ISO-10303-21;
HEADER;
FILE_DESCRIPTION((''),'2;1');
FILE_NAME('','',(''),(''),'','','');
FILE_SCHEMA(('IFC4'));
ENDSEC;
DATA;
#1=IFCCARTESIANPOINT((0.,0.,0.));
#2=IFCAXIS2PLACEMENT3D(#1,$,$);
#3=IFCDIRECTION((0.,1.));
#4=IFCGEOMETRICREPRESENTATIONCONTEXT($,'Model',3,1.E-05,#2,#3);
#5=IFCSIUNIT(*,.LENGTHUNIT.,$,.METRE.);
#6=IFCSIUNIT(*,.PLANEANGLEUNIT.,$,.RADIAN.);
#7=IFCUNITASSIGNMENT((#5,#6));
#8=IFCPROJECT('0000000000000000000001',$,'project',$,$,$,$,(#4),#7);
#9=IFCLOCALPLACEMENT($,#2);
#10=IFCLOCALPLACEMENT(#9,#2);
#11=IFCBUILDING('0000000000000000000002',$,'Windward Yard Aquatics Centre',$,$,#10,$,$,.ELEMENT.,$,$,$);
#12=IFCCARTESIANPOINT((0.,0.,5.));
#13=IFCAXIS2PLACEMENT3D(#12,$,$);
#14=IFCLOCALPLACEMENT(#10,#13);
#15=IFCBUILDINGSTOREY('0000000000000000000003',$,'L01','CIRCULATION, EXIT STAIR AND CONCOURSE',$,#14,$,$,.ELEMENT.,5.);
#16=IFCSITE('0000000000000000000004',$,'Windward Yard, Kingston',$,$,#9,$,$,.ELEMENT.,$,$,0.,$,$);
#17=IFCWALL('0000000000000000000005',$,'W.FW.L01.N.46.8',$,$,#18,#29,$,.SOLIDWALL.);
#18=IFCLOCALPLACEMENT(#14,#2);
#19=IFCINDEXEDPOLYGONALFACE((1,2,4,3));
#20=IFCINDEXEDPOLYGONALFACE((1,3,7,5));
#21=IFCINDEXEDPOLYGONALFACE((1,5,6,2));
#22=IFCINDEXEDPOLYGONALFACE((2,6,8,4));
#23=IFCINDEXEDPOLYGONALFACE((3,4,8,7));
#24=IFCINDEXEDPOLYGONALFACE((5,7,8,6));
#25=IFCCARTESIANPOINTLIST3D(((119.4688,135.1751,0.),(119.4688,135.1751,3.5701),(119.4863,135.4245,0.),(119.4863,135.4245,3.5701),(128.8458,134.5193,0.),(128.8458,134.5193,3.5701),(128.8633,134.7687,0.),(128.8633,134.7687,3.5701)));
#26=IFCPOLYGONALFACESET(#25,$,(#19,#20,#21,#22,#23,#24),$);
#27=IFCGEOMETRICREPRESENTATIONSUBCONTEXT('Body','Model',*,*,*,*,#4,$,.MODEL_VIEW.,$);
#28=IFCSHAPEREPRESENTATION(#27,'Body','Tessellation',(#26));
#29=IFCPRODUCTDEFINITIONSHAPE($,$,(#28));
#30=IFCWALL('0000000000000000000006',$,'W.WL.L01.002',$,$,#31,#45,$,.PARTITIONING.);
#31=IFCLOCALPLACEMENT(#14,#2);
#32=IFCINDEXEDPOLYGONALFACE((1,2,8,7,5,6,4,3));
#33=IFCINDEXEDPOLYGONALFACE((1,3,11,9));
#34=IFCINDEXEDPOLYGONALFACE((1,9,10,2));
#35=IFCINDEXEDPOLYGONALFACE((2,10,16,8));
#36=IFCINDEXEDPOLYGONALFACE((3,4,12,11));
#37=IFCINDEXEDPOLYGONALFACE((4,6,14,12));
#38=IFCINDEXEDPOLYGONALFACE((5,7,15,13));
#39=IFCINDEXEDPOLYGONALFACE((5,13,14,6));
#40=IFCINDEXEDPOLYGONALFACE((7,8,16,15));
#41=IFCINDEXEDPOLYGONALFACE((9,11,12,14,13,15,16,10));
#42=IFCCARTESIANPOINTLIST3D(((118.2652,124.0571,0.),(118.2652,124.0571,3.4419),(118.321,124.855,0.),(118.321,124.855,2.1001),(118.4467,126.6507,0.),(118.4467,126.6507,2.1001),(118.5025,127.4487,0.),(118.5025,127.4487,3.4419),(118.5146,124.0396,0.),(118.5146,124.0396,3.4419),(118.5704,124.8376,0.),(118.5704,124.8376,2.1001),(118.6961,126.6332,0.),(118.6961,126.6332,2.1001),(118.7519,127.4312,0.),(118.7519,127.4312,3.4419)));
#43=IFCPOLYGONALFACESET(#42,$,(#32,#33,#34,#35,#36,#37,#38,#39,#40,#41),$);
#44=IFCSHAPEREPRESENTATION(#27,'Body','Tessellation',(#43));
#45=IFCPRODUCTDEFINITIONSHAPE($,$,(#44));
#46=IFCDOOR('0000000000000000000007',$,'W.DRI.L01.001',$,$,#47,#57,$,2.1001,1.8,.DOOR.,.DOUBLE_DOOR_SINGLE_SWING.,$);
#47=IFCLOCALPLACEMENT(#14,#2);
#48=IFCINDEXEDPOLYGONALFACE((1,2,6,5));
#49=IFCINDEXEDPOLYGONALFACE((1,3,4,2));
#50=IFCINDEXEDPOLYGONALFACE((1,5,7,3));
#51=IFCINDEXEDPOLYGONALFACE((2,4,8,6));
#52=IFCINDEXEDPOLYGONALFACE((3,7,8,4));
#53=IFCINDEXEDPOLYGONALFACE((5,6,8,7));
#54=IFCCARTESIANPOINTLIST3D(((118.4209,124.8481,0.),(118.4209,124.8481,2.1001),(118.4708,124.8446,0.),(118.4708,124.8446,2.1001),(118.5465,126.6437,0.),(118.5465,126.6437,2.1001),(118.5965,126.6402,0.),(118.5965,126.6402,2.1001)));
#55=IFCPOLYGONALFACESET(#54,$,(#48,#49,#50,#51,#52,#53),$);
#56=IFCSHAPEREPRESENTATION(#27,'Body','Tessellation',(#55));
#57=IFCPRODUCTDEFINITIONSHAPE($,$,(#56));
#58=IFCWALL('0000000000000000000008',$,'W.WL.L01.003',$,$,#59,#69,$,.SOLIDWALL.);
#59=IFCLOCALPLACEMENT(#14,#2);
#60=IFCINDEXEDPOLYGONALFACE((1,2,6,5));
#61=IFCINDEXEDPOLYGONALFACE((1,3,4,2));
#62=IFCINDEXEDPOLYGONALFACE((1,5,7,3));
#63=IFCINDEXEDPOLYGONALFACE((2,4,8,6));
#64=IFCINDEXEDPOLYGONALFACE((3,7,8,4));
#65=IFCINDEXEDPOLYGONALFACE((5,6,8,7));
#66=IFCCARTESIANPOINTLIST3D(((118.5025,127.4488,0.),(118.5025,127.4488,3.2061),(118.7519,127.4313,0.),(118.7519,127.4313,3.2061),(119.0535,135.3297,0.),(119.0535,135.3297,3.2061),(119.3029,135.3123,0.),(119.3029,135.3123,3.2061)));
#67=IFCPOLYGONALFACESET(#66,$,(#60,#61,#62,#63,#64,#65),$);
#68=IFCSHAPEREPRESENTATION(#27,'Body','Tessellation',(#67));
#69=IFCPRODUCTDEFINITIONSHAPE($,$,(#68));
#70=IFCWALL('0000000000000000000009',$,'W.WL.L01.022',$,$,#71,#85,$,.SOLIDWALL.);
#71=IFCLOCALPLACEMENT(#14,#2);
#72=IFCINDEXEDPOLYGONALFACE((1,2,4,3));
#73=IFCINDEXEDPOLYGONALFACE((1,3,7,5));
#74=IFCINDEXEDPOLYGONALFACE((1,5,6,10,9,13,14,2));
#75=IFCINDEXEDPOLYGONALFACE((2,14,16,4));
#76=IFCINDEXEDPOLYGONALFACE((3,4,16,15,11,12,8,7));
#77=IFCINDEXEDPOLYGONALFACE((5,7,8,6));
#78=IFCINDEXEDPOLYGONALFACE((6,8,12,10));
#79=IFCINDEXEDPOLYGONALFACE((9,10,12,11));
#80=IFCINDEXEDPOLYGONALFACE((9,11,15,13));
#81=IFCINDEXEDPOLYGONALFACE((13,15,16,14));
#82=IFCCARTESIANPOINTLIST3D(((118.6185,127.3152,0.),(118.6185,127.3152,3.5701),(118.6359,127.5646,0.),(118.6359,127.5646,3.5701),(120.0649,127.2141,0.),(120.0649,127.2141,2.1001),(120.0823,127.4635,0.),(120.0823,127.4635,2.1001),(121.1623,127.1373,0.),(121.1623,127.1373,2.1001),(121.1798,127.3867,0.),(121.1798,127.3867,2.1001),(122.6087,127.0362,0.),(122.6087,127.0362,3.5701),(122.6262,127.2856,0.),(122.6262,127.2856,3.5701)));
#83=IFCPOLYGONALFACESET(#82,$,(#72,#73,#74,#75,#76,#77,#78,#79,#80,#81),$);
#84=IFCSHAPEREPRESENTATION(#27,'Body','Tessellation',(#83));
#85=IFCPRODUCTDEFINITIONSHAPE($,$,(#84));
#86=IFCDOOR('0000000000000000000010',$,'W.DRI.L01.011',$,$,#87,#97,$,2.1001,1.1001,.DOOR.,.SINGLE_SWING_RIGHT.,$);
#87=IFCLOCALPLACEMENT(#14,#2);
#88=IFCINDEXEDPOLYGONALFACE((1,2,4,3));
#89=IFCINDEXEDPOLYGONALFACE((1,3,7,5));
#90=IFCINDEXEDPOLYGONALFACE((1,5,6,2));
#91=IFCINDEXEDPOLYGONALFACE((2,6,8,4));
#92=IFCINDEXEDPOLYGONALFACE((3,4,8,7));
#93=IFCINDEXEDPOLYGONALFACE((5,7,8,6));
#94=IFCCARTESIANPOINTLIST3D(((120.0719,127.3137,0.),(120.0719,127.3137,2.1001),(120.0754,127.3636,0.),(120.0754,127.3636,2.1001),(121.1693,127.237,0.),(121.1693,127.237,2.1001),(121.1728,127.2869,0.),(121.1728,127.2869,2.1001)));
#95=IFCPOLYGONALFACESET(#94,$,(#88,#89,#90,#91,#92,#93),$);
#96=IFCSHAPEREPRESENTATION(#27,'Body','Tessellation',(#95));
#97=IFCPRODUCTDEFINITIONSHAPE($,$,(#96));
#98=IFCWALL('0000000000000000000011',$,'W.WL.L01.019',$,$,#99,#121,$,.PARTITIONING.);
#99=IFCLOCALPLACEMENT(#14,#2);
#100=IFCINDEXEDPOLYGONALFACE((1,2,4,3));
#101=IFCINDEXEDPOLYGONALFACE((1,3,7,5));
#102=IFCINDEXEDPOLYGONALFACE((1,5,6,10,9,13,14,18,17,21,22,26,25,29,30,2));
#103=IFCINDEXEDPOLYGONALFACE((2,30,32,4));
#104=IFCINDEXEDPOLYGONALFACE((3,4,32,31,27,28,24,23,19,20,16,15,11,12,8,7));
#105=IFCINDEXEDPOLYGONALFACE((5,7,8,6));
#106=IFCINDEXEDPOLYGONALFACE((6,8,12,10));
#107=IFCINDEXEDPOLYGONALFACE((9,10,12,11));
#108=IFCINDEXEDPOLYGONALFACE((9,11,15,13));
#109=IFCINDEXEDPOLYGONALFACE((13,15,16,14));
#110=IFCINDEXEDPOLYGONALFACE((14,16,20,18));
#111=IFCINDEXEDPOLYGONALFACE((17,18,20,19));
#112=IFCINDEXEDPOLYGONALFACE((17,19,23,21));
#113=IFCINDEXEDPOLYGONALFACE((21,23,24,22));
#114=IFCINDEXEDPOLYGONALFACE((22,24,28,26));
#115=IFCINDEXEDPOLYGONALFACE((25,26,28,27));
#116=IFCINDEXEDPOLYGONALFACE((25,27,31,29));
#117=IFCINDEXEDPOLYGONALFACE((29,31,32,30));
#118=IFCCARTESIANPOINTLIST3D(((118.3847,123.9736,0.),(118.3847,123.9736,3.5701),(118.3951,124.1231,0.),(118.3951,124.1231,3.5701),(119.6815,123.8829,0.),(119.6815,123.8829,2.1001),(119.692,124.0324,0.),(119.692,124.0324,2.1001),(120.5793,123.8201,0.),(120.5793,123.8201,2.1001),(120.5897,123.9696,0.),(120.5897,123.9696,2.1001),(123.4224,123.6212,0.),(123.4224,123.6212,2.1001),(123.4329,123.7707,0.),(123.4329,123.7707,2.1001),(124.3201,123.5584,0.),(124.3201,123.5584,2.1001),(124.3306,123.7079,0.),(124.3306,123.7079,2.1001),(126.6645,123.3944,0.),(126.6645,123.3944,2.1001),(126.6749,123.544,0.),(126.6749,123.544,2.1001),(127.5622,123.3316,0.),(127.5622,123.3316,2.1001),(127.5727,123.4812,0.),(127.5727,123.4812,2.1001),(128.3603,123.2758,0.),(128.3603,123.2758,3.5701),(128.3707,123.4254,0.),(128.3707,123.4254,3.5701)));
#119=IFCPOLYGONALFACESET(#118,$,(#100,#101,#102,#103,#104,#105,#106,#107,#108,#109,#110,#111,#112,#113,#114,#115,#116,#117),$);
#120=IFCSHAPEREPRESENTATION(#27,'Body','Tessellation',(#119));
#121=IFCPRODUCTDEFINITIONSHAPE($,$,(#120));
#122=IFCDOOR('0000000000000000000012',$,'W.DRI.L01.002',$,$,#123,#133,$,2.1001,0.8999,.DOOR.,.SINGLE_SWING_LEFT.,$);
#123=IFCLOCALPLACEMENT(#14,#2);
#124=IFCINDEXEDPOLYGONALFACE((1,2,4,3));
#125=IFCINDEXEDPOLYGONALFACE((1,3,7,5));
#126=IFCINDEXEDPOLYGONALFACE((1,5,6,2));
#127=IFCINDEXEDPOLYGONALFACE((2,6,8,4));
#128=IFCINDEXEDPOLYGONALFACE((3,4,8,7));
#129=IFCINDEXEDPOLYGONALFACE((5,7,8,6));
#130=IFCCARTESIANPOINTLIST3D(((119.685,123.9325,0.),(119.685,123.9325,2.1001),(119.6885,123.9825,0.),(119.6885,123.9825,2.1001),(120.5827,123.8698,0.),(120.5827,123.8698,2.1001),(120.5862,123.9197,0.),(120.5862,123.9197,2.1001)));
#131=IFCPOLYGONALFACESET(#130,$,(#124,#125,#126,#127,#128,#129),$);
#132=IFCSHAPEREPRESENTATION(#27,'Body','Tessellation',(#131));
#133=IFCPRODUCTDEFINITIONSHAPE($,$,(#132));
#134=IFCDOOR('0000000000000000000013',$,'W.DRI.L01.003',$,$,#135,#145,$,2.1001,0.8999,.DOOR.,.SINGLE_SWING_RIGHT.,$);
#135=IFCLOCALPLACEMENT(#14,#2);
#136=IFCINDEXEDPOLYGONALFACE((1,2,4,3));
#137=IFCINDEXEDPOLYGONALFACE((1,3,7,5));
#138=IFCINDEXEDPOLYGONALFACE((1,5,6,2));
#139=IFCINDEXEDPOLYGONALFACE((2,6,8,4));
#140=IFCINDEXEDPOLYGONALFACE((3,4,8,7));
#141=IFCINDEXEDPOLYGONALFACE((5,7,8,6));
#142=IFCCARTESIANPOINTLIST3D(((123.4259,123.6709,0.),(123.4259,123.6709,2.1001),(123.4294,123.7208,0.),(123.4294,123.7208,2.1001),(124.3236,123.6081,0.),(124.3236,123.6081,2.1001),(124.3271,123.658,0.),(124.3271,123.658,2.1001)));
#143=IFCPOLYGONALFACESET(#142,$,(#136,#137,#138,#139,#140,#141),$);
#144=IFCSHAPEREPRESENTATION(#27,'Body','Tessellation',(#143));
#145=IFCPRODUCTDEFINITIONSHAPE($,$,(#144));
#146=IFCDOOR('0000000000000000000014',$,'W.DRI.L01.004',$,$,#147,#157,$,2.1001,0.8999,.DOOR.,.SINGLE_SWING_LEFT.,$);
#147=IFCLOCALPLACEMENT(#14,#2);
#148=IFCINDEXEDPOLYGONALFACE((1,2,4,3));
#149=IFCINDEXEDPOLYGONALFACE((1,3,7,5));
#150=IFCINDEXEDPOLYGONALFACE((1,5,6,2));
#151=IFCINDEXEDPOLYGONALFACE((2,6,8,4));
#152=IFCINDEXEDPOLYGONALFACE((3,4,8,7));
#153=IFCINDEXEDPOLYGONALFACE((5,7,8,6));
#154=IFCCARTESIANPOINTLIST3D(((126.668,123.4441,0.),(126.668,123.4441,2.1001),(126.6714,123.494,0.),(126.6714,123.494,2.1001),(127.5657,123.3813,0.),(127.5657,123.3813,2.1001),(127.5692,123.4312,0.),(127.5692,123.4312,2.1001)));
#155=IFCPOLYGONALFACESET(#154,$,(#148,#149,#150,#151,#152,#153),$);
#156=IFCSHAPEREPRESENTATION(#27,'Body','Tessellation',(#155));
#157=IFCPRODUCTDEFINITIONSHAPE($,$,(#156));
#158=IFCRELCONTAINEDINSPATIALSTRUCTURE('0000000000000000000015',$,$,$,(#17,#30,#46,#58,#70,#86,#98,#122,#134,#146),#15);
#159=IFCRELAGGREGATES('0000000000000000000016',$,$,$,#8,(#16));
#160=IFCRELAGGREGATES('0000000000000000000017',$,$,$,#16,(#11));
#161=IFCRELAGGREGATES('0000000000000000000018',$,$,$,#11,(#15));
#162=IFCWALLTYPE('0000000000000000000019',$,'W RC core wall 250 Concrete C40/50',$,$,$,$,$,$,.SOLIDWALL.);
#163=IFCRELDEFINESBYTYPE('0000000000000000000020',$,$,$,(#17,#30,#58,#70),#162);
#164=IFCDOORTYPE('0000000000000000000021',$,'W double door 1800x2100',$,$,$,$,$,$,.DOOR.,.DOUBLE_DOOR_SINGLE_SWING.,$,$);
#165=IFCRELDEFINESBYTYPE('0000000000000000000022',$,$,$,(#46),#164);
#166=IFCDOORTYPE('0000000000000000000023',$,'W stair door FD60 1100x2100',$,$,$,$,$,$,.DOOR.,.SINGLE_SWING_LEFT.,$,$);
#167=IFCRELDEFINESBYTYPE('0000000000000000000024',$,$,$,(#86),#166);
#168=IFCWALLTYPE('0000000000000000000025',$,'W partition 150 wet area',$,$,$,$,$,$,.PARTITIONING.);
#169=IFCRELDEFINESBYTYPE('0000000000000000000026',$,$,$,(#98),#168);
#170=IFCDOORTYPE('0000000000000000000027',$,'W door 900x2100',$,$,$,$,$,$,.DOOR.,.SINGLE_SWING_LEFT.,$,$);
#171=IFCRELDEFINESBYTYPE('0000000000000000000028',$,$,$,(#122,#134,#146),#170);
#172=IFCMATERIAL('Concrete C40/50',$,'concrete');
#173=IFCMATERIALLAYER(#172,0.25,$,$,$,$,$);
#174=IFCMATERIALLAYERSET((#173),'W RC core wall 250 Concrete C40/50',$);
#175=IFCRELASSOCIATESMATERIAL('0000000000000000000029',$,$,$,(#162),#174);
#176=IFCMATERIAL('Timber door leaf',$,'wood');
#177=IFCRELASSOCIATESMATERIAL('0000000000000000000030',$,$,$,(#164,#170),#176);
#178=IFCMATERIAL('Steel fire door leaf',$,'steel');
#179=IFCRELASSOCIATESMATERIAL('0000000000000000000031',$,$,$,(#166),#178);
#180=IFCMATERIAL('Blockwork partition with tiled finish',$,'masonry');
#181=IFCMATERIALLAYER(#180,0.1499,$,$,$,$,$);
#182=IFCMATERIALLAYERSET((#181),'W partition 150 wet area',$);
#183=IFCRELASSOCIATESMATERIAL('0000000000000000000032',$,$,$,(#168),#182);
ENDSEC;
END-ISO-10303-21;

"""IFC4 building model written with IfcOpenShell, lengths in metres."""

from ifc_helpers import new_model, si_unit, direction, frame, frame_2d, origin, place, context, subcontext, project, spatial, rectangle, extrude, material, layer, layer_set, type_object, element, fill, save


model = new_model("IFC4")

# Units and contexts
model_context = context("Model", 3, precision=1e-05, world=origin(), true_north=direction((0.0, 1.0)))
body_context = subcontext(model_context, "Body", "Model", "MODEL_VIEW")
ifc_project = project(units=[si_unit("LENGTHUNIT", "METRE"), si_unit("PLANEANGLEUNIT", "RADIAN")], contexts=[model_context])

# Site, building, storey
site_placement = place(None, origin())
site = spatial("IfcSite", under=ifc_project, at=site_placement, Name="Windward Yard, Kingston", CompositionType="ELEMENT", RefElevation=0.0)
building_placement = place(site_placement, origin())
building = spatial("IfcBuilding", under=site, at=building_placement, Name="Windward Yard Aquatics Centre", CompositionType="ELEMENT")
storey_placement = place(building_placement, frame((0.0, 0.0, 5.0)))
storey = spatial("IfcBuildingStorey", under=building, at=storey_placement, Name="L01", Description="CIRCULATION, EXIT STAIR AND CONCOURSE", CompositionType="ELEMENT", Elevation=5.0)

# Shared definitions
ifc_material_1 = material(Name="Concrete C40/50", Category="concrete")

# Wall
ifc_layer_1 = layer(ifc_material_1, 0.25)
ifc_layer_set_1 = layer_set([ifc_layer_1], Name="W RC core wall 250 Concrete C40/50")
wall_type_1 = type_object("IfcWallType", Name="W RC core wall 250 Concrete C40/50", PredefinedType="SOLIDWALL", material=ifc_layer_set_1)
wall_1_placement = place(storey_placement, frame((119.4775, 135.2998, 0.0), z_axis=(0.0, 0.0, 1.0), x_axis=(0.997564, -0.069763, 0.0)))
element("IfcWall", 1, at=wall_1_placement, inside=storey, type_object=wall_type_1, Name="W.FW.L01.N.46.8", PredefinedType="SOLIDWALL", context=body_context, shape_type="SweptSolid", body=[
    extrude(rectangle(XDim=9.3999, YDim=0.25, at=frame_2d((4.7, 0.0))), origin(), (0.0, 0.0, 1.0), 3.5701),
])

# Wall, opening, door
wall_2_placement = place(storey_placement, frame((118.3899, 124.0483, 0.0), z_axis=(0.0, 0.0, 1.0), x_axis=(0.069798, 0.997561, 0.0)))
wall_2 = element("IfcWall", 2, at=wall_2_placement, inside=storey, type_object=wall_type_1, Name="W.WL.L01.002", PredefinedType="PARTITIONING", context=body_context, shape_type="SweptSolid", body=[
    extrude(rectangle(XDim=3.3999, YDim=0.25, at=frame_2d((1.7, 0.0))), origin(), (0.0, 0.0, 1.0), 3.4419),
])
opening_1_placement = place(wall_2_placement, frame((0.8, 0.0, 0.0)))
opening_1 = element("IfcOpeningElement", 3, at=opening_1_placement, cuts=wall_2, PredefinedType="OPENING", context=body_context, shape_type="SweptSolid", body=[
    extrude(rectangle(XDim=1.8, YDim=2.1001, at=frame_2d((0.8999, 1.05))), frame((0.0, 0.135, 0.0), z_axis=(0.0, -1.0, 0.0), x_axis=(1.0, 0.0, 0.0)), (0.0, 0.0, 1.0), 0.27),
])
ifc_material_2 = material(Name="Timber door leaf", Category="wood")
door_type_1 = type_object("IfcDoorType", Name="W double door 1800x2100", OperationType="DOUBLE_DOOR_SINGLE_SWING", PredefinedType="DOOR", material=ifc_material_2)
door_1_placement = place(opening_1_placement, origin())
door_1 = element("IfcDoor", 4, at=door_1_placement, inside=storey, type_object=door_type_1, Name="W.DRI.L01.001", OperationType="DOUBLE_DOOR_SINGLE_SWING", OverallHeight=2.1001, OverallWidth=1.8, PredefinedType="DOOR", context=body_context, shape_type="SweptSolid", body=[
    extrude(rectangle(XDim=1.8, YDim=2.1001, at=frame_2d((0.8999, 1.05))), frame((0.0, 0.0249, 0.0), z_axis=(0.0, -1.0, 0.0), x_axis=(1.0, 0.0, 0.0)), (0.0, 0.0, 1.0), 0.05),
])
fill(opening_1, door_1)

# Wall
wall_3_placement = place(storey_placement, frame((118.6272, 127.4399, 0.0), z_axis=(0.0, 0.0, 1.0), x_axis=(0.069749, 0.997565, 0.0)))
element("IfcWall", 5, at=wall_3_placement, inside=storey, type_object=wall_type_1, Name="W.WL.L01.003", PredefinedType="SOLIDWALL", context=body_context, shape_type="SweptSolid", body=[
    extrude(rectangle(XDim=7.9001, YDim=0.25, at=frame_2d((3.9502, 0.0))), origin(), (0.0, 0.0, 1.0), 3.2061),
])

# Wall, opening, door
wall_4_placement = place(storey_placement, frame((118.6272, 127.4399, 0.0), z_axis=(0.0, 0.0, 1.0), x_axis=(0.997564, -0.069764, 0.0)))
wall_4 = element("IfcWall", 6, at=wall_4_placement, inside=storey, type_object=wall_type_1, Name="W.WL.L01.022", PredefinedType="SOLIDWALL", context=body_context, shape_type="SweptSolid", body=[
    extrude(rectangle(XDim=4.0, YDim=0.25, at=frame_2d((2.0, 0.0))), origin(), (0.0, 0.0, 1.0), 3.5701),
])
opening_2_placement = place(wall_4_placement, frame((1.45, 0.0, 0.0)))
opening_2 = element("IfcOpeningElement", 7, at=opening_2_placement, cuts=wall_4, PredefinedType="OPENING", context=body_context, shape_type="SweptSolid", body=[
    extrude(rectangle(XDim=1.1001, YDim=2.1001, at=frame_2d((0.55, 1.05))), frame((0.0, 0.135, 0.0), z_axis=(0.0, -1.0, 0.0), x_axis=(1.0, 0.0, 0.0)), (0.0, 0.0, 1.0), 0.27),
])
ifc_material_3 = material(Name="Steel fire door leaf", Category="steel")
door_type_2 = type_object("IfcDoorType", Name="W stair door FD60 1100x2100", OperationType="SINGLE_SWING_LEFT", PredefinedType="DOOR", material=ifc_material_3)
door_2_placement = place(opening_2_placement, origin())
door_2 = element("IfcDoor", 8, at=door_2_placement, inside=storey, type_object=door_type_2, Name="W.DRI.L01.011", OperationType="SINGLE_SWING_RIGHT", OverallHeight=2.1001, OverallWidth=1.1001, PredefinedType="DOOR", context=body_context, shape_type="SweptSolid", body=[
    extrude(rectangle(XDim=1.1001, YDim=2.1001, at=frame_2d((0.55, 1.05))), frame((0.0, 0.0249, 0.0), z_axis=(0.0, -1.0, 0.0), x_axis=(1.0, 0.0, 0.0)), (0.0, 0.0, 1.0), 0.05),
])
fill(opening_2, door_2)

# Wall, openings, doors
ifc_material_4 = material(Name="Blockwork partition with tiled finish", Category="masonry")
ifc_layer_2 = layer(ifc_material_4, 0.1499)
ifc_layer_set_2 = layer_set([ifc_layer_2], Name="W partition 150 wet area")
wall_type_2 = type_object("IfcWallType", Name="W partition 150 wet area", PredefinedType="PARTITIONING", material=ifc_layer_set_2)
wall_5_placement = place(storey_placement, frame((118.3899, 124.0483, 0.0), z_axis=(0.0, 0.0, 1.0), x_axis=(0.997563, -0.069776, 0.0)))
wall_5 = element("IfcWall", 9, at=wall_5_placement, inside=storey, type_object=wall_type_2, Name="W.WL.L01.019", PredefinedType="PARTITIONING", context=body_context, shape_type="SweptSolid", body=[
    extrude(rectangle(XDim=10.0, YDim=0.1499, at=frame_2d((5.0, 0.0))), origin(), (0.0, 0.0, 1.0), 3.5701),
])
opening_3_placement = place(wall_5_placement, frame((1.3, 0.0, 0.0)))
opening_3 = element("IfcOpeningElement", 10, at=opening_3_placement, cuts=wall_5, PredefinedType="OPENING", context=body_context, shape_type="SweptSolid", body=[
    extrude(rectangle(XDim=0.8999, YDim=2.1001, at=frame_2d((0.45, 1.05))), frame((0.0, 0.085, 0.0), z_axis=(0.0, -1.0, 0.0), x_axis=(1.0, 0.0, 0.0)), (0.0, 0.0, 1.0), 0.1699),
])
opening_4_placement = place(wall_5_placement, frame((5.05, 0.0, 0.0)))
opening_4 = element("IfcOpeningElement", 11, at=opening_4_placement, cuts=wall_5, PredefinedType="OPENING", context=body_context, shape_type="SweptSolid", body=[
    extrude(rectangle(XDim=0.8999, YDim=2.1001, at=frame_2d((0.45, 1.05))), frame((0.0, 0.085, 0.0), z_axis=(0.0, -1.0, 0.0), x_axis=(1.0, 0.0, 0.0)), (0.0, 0.0, 1.0), 0.1699),
])
opening_5_placement = place(wall_5_placement, frame((8.3, 0.0, 0.0)))
opening_5 = element("IfcOpeningElement", 12, at=opening_5_placement, cuts=wall_5, PredefinedType="OPENING", context=body_context, shape_type="SweptSolid", body=[
    extrude(rectangle(XDim=0.8999, YDim=2.1001, at=frame_2d((0.45, 1.05))), frame((0.0, 0.085, 0.0), z_axis=(0.0, -1.0, 0.0), x_axis=(1.0, 0.0, 0.0)), (0.0, 0.0, 1.0), 0.1699),
])
door_type_3 = type_object("IfcDoorType", Name="W door 900x2100", OperationType="SINGLE_SWING_LEFT", PredefinedType="DOOR", material=ifc_material_2)
door_3_placement = place(opening_3_placement, origin())
door_3 = element("IfcDoor", 13, at=door_3_placement, inside=storey, type_object=door_type_3, Name="W.DRI.L01.002", OperationType="SINGLE_SWING_LEFT", OverallHeight=2.1001, OverallWidth=0.8999, PredefinedType="DOOR", context=body_context, shape_type="SweptSolid", body=[
    extrude(rectangle(XDim=0.8999, YDim=2.1001, at=frame_2d((0.45, 1.05))), frame((0.0, 0.0249, 0.0), z_axis=(0.0, -1.0, 0.0), x_axis=(1.0, 0.0, 0.0)), (0.0, 0.0, 1.0), 0.05),
])
fill(opening_3, door_3)
door_4_placement = place(opening_4_placement, origin())
door_4 = element("IfcDoor", 14, at=door_4_placement, inside=storey, type_object=door_type_3, Name="W.DRI.L01.003", OperationType="SINGLE_SWING_RIGHT", OverallHeight=2.1001, OverallWidth=0.8999, PredefinedType="DOOR", context=body_context, shape_type="SweptSolid", body=[
    extrude(rectangle(XDim=0.8999, YDim=2.1001, at=frame_2d((0.45, 1.05))), frame((0.0, 0.0249, 0.0), z_axis=(0.0, -1.0, 0.0), x_axis=(1.0, 0.0, 0.0)), (0.0, 0.0, 1.0), 0.05),
])
fill(opening_4, door_4)
door_5_placement = place(opening_5_placement, origin())
door_5 = element("IfcDoor", 15, at=door_5_placement, inside=storey, type_object=door_type_3, Name="W.DRI.L01.004", OperationType="SINGLE_SWING_LEFT", OverallHeight=2.1001, OverallWidth=0.8999, PredefinedType="DOOR", context=body_context, shape_type="SweptSolid", body=[
    extrude(rectangle(XDim=0.8999, YDim=2.1001, at=frame_2d((0.45, 1.05))), frame((0.0, 0.0249, 0.0), z_axis=(0.0, -1.0, 0.0), x_axis=(1.0, 0.0, 0.0)), (0.0, 0.0, 1.0), 0.05),
])
fill(opening_5, door_5)

save(model, "model.ifc")
